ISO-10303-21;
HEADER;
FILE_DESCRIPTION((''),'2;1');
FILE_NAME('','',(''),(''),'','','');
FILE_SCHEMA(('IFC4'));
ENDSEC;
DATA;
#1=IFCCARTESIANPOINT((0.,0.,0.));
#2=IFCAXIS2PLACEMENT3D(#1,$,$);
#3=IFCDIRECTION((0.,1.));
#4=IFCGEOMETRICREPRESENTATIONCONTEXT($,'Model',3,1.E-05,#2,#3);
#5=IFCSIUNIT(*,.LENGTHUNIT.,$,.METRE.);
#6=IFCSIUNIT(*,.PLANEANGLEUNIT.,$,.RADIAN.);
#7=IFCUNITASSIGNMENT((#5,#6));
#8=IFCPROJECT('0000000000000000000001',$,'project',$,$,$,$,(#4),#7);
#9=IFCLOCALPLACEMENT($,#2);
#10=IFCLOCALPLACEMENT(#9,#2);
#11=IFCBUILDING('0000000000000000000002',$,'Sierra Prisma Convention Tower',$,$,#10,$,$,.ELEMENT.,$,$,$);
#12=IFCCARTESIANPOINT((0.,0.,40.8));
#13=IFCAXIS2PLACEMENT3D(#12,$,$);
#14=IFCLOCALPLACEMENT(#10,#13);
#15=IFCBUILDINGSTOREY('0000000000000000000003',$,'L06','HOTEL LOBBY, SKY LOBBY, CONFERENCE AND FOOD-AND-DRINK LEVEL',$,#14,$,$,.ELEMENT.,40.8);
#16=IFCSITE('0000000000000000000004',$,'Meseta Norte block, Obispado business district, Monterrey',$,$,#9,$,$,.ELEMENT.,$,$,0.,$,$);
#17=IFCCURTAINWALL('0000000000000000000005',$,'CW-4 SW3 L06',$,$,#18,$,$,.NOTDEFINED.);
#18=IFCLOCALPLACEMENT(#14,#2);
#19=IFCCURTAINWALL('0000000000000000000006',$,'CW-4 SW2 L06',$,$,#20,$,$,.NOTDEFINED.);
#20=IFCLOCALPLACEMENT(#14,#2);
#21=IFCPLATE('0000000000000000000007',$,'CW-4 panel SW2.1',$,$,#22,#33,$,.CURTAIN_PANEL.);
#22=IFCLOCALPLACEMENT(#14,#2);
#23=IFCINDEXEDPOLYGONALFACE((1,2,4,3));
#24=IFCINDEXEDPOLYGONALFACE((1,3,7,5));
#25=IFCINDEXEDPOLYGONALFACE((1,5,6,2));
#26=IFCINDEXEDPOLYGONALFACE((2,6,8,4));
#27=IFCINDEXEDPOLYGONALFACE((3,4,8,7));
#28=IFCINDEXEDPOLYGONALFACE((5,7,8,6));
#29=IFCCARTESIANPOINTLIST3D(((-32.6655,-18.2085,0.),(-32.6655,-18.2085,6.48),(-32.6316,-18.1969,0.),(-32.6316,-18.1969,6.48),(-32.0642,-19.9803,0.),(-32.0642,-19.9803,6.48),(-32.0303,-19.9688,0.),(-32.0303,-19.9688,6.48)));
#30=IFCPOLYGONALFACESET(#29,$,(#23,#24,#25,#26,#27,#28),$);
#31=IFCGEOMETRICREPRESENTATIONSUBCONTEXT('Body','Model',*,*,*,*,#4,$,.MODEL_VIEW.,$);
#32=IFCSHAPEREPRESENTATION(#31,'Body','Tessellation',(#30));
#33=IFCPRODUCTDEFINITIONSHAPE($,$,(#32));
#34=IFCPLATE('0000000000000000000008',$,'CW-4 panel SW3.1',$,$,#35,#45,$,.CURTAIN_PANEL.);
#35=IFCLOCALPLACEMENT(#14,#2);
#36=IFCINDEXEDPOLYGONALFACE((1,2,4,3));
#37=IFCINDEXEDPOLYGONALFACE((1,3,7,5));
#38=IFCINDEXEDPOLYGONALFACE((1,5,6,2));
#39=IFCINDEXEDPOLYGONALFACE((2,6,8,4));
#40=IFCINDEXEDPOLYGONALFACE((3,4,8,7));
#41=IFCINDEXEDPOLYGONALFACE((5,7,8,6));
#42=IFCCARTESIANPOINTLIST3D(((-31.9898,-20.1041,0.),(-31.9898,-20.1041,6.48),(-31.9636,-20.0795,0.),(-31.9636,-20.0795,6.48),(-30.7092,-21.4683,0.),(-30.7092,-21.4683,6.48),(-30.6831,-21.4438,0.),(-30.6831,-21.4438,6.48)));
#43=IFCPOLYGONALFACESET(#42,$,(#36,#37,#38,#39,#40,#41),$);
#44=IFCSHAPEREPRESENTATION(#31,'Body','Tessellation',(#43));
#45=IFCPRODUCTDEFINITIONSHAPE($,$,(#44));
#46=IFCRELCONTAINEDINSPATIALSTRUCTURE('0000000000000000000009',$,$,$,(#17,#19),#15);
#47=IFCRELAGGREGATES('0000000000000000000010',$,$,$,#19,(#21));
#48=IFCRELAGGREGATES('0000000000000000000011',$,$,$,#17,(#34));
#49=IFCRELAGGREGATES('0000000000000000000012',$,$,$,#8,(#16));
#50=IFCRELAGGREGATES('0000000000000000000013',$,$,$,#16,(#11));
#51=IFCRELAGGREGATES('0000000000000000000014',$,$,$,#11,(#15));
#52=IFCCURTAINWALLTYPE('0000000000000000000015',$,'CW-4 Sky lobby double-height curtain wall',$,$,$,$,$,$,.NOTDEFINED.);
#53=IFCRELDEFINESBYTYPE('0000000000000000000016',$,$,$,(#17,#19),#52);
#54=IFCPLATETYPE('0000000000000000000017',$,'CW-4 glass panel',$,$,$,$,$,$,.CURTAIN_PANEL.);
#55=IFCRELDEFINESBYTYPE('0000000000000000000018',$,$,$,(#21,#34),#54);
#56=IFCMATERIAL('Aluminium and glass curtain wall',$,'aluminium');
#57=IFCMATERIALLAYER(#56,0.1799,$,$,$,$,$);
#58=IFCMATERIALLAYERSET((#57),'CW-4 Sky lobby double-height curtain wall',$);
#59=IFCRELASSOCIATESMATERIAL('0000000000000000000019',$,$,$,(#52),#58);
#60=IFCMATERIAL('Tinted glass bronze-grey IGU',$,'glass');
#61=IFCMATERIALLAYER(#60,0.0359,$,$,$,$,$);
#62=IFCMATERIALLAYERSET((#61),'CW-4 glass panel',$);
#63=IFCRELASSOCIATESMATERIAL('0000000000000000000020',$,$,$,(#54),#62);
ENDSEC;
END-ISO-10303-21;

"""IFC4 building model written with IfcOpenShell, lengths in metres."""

from ifc_helpers import new_model, si_unit, direction, frame, origin, origin_2d, place, context, subcontext, project, spatial, rectangle, extrude, material, layer, layer_set, type_object, element, aggregate, save


model = new_model("IFC4")

# Units and contexts
model_context = context("Model", 3, precision=1e-05, world=origin(), true_north=direction((0.0, 1.0)))
body_context = subcontext(model_context, "Body", "Model", "MODEL_VIEW")
ifc_project = project(units=[si_unit("LENGTHUNIT", "METRE"), si_unit("PLANEANGLEUNIT", "RADIAN")], contexts=[model_context])

# Site, building, storey
site_placement = place(None, origin())
site = spatial("IfcSite", under=ifc_project, at=site_placement, Name="Meseta Norte block, Obispado business district, Monterrey", CompositionType="ELEMENT", RefElevation=0.0)
building_placement = place(site_placement, origin())
building = spatial("IfcBuilding", under=site, at=building_placement, Name="Sierra Prisma Convention Tower", CompositionType="ELEMENT")
storey_placement = place(building_placement, frame((0.0, 0.0, 40.8)))
storey = spatial("IfcBuildingStorey", under=building, at=storey_placement, Name="L06", Description="HOTEL LOBBY, SKY LOBBY, CONFERENCE AND FOOD-AND-DRINK LEVEL", CompositionType="ELEMENT", Elevation=40.8)

# Shared definitions
ifc_material_1 = material(Name="Aluminium and glass curtain wall", Category="aluminium")
ifc_layer_1 = layer(ifc_material_1, 0.1799)
ifc_layer_set_1 = layer_set([ifc_layer_1], Name="CW-4 Sky lobby double-height curtain wall")
curtain_wall_type = type_object("IfcCurtainWallType", Name="CW-4 Sky lobby double-height curtain wall", PredefinedType="NOTDEFINED", material=ifc_layer_set_1)

# Curtain wall
curtain_wall_1_placement = place(storey_placement, origin())
curtain_wall_1 = element("IfcCurtainWall", 1, at=curtain_wall_1_placement, inside=storey, type_object=curtain_wall_type, Name="CW-4 SW3 L06", PredefinedType="NOTDEFINED")

# Curtain wall
curtain_wall_2_placement = place(storey_placement, origin())
curtain_wall_2 = element("IfcCurtainWall", 2, at=curtain_wall_2_placement, inside=storey, type_object=curtain_wall_type, Name="CW-4 SW2 L06", PredefinedType="NOTDEFINED")

# Plates
ifc_material_2 = material(Name="Tinted glass bronze-grey IGU", Category="glass")
ifc_layer_2 = layer(ifc_material_2, 0.0359)
ifc_layer_set_2 = layer_set([ifc_layer_2], Name="CW-4 glass panel")
plate_type = type_object("IfcPlateType", Name="CW-4 glass panel", PredefinedType="CURTAIN_PANEL", material=ifc_layer_set_2)
plate_1_placement = place(storey_placement, frame((-32.3479, -19.0886, 0.0), z_axis=(0.0, 0.0, 1.0), x_axis=(0.321361, -0.946957, 0.0)))
plate_1 = element("IfcPlate", 3, at=plate_1_placement, type_object=plate_type, Name="CW-4 panel SW2.1", PredefinedType="CURTAIN_PANEL", context=body_context, shape_type="SweptSolid", body=[
    extrude(rectangle(XDim=1.8711, YDim=0.0359, at=origin_2d()), origin(), (0.0, 0.0, 1.0), 6.48),
])
aggregate(curtain_wall_2, [plate_1])
plate_2_placement = place(storey_placement, frame((-31.3364, -20.7739, 0.0), z_axis=(0.0, 0.0, 1.0), x_axis=(0.6844, -0.729107, 0.0)))
plate_2 = element("IfcPlate", 4, at=plate_2_placement, type_object=plate_type, Name="CW-4 panel SW3.1", PredefinedType="CURTAIN_PANEL", context=body_context, shape_type="SweptSolid", body=[
    extrude(rectangle(XDim=1.8711, YDim=0.0359, at=origin_2d()), origin(), (0.0, 0.0, 1.0), 6.48),
])
aggregate(curtain_wall_1, [plate_2])

save(model, "model.ifc")
